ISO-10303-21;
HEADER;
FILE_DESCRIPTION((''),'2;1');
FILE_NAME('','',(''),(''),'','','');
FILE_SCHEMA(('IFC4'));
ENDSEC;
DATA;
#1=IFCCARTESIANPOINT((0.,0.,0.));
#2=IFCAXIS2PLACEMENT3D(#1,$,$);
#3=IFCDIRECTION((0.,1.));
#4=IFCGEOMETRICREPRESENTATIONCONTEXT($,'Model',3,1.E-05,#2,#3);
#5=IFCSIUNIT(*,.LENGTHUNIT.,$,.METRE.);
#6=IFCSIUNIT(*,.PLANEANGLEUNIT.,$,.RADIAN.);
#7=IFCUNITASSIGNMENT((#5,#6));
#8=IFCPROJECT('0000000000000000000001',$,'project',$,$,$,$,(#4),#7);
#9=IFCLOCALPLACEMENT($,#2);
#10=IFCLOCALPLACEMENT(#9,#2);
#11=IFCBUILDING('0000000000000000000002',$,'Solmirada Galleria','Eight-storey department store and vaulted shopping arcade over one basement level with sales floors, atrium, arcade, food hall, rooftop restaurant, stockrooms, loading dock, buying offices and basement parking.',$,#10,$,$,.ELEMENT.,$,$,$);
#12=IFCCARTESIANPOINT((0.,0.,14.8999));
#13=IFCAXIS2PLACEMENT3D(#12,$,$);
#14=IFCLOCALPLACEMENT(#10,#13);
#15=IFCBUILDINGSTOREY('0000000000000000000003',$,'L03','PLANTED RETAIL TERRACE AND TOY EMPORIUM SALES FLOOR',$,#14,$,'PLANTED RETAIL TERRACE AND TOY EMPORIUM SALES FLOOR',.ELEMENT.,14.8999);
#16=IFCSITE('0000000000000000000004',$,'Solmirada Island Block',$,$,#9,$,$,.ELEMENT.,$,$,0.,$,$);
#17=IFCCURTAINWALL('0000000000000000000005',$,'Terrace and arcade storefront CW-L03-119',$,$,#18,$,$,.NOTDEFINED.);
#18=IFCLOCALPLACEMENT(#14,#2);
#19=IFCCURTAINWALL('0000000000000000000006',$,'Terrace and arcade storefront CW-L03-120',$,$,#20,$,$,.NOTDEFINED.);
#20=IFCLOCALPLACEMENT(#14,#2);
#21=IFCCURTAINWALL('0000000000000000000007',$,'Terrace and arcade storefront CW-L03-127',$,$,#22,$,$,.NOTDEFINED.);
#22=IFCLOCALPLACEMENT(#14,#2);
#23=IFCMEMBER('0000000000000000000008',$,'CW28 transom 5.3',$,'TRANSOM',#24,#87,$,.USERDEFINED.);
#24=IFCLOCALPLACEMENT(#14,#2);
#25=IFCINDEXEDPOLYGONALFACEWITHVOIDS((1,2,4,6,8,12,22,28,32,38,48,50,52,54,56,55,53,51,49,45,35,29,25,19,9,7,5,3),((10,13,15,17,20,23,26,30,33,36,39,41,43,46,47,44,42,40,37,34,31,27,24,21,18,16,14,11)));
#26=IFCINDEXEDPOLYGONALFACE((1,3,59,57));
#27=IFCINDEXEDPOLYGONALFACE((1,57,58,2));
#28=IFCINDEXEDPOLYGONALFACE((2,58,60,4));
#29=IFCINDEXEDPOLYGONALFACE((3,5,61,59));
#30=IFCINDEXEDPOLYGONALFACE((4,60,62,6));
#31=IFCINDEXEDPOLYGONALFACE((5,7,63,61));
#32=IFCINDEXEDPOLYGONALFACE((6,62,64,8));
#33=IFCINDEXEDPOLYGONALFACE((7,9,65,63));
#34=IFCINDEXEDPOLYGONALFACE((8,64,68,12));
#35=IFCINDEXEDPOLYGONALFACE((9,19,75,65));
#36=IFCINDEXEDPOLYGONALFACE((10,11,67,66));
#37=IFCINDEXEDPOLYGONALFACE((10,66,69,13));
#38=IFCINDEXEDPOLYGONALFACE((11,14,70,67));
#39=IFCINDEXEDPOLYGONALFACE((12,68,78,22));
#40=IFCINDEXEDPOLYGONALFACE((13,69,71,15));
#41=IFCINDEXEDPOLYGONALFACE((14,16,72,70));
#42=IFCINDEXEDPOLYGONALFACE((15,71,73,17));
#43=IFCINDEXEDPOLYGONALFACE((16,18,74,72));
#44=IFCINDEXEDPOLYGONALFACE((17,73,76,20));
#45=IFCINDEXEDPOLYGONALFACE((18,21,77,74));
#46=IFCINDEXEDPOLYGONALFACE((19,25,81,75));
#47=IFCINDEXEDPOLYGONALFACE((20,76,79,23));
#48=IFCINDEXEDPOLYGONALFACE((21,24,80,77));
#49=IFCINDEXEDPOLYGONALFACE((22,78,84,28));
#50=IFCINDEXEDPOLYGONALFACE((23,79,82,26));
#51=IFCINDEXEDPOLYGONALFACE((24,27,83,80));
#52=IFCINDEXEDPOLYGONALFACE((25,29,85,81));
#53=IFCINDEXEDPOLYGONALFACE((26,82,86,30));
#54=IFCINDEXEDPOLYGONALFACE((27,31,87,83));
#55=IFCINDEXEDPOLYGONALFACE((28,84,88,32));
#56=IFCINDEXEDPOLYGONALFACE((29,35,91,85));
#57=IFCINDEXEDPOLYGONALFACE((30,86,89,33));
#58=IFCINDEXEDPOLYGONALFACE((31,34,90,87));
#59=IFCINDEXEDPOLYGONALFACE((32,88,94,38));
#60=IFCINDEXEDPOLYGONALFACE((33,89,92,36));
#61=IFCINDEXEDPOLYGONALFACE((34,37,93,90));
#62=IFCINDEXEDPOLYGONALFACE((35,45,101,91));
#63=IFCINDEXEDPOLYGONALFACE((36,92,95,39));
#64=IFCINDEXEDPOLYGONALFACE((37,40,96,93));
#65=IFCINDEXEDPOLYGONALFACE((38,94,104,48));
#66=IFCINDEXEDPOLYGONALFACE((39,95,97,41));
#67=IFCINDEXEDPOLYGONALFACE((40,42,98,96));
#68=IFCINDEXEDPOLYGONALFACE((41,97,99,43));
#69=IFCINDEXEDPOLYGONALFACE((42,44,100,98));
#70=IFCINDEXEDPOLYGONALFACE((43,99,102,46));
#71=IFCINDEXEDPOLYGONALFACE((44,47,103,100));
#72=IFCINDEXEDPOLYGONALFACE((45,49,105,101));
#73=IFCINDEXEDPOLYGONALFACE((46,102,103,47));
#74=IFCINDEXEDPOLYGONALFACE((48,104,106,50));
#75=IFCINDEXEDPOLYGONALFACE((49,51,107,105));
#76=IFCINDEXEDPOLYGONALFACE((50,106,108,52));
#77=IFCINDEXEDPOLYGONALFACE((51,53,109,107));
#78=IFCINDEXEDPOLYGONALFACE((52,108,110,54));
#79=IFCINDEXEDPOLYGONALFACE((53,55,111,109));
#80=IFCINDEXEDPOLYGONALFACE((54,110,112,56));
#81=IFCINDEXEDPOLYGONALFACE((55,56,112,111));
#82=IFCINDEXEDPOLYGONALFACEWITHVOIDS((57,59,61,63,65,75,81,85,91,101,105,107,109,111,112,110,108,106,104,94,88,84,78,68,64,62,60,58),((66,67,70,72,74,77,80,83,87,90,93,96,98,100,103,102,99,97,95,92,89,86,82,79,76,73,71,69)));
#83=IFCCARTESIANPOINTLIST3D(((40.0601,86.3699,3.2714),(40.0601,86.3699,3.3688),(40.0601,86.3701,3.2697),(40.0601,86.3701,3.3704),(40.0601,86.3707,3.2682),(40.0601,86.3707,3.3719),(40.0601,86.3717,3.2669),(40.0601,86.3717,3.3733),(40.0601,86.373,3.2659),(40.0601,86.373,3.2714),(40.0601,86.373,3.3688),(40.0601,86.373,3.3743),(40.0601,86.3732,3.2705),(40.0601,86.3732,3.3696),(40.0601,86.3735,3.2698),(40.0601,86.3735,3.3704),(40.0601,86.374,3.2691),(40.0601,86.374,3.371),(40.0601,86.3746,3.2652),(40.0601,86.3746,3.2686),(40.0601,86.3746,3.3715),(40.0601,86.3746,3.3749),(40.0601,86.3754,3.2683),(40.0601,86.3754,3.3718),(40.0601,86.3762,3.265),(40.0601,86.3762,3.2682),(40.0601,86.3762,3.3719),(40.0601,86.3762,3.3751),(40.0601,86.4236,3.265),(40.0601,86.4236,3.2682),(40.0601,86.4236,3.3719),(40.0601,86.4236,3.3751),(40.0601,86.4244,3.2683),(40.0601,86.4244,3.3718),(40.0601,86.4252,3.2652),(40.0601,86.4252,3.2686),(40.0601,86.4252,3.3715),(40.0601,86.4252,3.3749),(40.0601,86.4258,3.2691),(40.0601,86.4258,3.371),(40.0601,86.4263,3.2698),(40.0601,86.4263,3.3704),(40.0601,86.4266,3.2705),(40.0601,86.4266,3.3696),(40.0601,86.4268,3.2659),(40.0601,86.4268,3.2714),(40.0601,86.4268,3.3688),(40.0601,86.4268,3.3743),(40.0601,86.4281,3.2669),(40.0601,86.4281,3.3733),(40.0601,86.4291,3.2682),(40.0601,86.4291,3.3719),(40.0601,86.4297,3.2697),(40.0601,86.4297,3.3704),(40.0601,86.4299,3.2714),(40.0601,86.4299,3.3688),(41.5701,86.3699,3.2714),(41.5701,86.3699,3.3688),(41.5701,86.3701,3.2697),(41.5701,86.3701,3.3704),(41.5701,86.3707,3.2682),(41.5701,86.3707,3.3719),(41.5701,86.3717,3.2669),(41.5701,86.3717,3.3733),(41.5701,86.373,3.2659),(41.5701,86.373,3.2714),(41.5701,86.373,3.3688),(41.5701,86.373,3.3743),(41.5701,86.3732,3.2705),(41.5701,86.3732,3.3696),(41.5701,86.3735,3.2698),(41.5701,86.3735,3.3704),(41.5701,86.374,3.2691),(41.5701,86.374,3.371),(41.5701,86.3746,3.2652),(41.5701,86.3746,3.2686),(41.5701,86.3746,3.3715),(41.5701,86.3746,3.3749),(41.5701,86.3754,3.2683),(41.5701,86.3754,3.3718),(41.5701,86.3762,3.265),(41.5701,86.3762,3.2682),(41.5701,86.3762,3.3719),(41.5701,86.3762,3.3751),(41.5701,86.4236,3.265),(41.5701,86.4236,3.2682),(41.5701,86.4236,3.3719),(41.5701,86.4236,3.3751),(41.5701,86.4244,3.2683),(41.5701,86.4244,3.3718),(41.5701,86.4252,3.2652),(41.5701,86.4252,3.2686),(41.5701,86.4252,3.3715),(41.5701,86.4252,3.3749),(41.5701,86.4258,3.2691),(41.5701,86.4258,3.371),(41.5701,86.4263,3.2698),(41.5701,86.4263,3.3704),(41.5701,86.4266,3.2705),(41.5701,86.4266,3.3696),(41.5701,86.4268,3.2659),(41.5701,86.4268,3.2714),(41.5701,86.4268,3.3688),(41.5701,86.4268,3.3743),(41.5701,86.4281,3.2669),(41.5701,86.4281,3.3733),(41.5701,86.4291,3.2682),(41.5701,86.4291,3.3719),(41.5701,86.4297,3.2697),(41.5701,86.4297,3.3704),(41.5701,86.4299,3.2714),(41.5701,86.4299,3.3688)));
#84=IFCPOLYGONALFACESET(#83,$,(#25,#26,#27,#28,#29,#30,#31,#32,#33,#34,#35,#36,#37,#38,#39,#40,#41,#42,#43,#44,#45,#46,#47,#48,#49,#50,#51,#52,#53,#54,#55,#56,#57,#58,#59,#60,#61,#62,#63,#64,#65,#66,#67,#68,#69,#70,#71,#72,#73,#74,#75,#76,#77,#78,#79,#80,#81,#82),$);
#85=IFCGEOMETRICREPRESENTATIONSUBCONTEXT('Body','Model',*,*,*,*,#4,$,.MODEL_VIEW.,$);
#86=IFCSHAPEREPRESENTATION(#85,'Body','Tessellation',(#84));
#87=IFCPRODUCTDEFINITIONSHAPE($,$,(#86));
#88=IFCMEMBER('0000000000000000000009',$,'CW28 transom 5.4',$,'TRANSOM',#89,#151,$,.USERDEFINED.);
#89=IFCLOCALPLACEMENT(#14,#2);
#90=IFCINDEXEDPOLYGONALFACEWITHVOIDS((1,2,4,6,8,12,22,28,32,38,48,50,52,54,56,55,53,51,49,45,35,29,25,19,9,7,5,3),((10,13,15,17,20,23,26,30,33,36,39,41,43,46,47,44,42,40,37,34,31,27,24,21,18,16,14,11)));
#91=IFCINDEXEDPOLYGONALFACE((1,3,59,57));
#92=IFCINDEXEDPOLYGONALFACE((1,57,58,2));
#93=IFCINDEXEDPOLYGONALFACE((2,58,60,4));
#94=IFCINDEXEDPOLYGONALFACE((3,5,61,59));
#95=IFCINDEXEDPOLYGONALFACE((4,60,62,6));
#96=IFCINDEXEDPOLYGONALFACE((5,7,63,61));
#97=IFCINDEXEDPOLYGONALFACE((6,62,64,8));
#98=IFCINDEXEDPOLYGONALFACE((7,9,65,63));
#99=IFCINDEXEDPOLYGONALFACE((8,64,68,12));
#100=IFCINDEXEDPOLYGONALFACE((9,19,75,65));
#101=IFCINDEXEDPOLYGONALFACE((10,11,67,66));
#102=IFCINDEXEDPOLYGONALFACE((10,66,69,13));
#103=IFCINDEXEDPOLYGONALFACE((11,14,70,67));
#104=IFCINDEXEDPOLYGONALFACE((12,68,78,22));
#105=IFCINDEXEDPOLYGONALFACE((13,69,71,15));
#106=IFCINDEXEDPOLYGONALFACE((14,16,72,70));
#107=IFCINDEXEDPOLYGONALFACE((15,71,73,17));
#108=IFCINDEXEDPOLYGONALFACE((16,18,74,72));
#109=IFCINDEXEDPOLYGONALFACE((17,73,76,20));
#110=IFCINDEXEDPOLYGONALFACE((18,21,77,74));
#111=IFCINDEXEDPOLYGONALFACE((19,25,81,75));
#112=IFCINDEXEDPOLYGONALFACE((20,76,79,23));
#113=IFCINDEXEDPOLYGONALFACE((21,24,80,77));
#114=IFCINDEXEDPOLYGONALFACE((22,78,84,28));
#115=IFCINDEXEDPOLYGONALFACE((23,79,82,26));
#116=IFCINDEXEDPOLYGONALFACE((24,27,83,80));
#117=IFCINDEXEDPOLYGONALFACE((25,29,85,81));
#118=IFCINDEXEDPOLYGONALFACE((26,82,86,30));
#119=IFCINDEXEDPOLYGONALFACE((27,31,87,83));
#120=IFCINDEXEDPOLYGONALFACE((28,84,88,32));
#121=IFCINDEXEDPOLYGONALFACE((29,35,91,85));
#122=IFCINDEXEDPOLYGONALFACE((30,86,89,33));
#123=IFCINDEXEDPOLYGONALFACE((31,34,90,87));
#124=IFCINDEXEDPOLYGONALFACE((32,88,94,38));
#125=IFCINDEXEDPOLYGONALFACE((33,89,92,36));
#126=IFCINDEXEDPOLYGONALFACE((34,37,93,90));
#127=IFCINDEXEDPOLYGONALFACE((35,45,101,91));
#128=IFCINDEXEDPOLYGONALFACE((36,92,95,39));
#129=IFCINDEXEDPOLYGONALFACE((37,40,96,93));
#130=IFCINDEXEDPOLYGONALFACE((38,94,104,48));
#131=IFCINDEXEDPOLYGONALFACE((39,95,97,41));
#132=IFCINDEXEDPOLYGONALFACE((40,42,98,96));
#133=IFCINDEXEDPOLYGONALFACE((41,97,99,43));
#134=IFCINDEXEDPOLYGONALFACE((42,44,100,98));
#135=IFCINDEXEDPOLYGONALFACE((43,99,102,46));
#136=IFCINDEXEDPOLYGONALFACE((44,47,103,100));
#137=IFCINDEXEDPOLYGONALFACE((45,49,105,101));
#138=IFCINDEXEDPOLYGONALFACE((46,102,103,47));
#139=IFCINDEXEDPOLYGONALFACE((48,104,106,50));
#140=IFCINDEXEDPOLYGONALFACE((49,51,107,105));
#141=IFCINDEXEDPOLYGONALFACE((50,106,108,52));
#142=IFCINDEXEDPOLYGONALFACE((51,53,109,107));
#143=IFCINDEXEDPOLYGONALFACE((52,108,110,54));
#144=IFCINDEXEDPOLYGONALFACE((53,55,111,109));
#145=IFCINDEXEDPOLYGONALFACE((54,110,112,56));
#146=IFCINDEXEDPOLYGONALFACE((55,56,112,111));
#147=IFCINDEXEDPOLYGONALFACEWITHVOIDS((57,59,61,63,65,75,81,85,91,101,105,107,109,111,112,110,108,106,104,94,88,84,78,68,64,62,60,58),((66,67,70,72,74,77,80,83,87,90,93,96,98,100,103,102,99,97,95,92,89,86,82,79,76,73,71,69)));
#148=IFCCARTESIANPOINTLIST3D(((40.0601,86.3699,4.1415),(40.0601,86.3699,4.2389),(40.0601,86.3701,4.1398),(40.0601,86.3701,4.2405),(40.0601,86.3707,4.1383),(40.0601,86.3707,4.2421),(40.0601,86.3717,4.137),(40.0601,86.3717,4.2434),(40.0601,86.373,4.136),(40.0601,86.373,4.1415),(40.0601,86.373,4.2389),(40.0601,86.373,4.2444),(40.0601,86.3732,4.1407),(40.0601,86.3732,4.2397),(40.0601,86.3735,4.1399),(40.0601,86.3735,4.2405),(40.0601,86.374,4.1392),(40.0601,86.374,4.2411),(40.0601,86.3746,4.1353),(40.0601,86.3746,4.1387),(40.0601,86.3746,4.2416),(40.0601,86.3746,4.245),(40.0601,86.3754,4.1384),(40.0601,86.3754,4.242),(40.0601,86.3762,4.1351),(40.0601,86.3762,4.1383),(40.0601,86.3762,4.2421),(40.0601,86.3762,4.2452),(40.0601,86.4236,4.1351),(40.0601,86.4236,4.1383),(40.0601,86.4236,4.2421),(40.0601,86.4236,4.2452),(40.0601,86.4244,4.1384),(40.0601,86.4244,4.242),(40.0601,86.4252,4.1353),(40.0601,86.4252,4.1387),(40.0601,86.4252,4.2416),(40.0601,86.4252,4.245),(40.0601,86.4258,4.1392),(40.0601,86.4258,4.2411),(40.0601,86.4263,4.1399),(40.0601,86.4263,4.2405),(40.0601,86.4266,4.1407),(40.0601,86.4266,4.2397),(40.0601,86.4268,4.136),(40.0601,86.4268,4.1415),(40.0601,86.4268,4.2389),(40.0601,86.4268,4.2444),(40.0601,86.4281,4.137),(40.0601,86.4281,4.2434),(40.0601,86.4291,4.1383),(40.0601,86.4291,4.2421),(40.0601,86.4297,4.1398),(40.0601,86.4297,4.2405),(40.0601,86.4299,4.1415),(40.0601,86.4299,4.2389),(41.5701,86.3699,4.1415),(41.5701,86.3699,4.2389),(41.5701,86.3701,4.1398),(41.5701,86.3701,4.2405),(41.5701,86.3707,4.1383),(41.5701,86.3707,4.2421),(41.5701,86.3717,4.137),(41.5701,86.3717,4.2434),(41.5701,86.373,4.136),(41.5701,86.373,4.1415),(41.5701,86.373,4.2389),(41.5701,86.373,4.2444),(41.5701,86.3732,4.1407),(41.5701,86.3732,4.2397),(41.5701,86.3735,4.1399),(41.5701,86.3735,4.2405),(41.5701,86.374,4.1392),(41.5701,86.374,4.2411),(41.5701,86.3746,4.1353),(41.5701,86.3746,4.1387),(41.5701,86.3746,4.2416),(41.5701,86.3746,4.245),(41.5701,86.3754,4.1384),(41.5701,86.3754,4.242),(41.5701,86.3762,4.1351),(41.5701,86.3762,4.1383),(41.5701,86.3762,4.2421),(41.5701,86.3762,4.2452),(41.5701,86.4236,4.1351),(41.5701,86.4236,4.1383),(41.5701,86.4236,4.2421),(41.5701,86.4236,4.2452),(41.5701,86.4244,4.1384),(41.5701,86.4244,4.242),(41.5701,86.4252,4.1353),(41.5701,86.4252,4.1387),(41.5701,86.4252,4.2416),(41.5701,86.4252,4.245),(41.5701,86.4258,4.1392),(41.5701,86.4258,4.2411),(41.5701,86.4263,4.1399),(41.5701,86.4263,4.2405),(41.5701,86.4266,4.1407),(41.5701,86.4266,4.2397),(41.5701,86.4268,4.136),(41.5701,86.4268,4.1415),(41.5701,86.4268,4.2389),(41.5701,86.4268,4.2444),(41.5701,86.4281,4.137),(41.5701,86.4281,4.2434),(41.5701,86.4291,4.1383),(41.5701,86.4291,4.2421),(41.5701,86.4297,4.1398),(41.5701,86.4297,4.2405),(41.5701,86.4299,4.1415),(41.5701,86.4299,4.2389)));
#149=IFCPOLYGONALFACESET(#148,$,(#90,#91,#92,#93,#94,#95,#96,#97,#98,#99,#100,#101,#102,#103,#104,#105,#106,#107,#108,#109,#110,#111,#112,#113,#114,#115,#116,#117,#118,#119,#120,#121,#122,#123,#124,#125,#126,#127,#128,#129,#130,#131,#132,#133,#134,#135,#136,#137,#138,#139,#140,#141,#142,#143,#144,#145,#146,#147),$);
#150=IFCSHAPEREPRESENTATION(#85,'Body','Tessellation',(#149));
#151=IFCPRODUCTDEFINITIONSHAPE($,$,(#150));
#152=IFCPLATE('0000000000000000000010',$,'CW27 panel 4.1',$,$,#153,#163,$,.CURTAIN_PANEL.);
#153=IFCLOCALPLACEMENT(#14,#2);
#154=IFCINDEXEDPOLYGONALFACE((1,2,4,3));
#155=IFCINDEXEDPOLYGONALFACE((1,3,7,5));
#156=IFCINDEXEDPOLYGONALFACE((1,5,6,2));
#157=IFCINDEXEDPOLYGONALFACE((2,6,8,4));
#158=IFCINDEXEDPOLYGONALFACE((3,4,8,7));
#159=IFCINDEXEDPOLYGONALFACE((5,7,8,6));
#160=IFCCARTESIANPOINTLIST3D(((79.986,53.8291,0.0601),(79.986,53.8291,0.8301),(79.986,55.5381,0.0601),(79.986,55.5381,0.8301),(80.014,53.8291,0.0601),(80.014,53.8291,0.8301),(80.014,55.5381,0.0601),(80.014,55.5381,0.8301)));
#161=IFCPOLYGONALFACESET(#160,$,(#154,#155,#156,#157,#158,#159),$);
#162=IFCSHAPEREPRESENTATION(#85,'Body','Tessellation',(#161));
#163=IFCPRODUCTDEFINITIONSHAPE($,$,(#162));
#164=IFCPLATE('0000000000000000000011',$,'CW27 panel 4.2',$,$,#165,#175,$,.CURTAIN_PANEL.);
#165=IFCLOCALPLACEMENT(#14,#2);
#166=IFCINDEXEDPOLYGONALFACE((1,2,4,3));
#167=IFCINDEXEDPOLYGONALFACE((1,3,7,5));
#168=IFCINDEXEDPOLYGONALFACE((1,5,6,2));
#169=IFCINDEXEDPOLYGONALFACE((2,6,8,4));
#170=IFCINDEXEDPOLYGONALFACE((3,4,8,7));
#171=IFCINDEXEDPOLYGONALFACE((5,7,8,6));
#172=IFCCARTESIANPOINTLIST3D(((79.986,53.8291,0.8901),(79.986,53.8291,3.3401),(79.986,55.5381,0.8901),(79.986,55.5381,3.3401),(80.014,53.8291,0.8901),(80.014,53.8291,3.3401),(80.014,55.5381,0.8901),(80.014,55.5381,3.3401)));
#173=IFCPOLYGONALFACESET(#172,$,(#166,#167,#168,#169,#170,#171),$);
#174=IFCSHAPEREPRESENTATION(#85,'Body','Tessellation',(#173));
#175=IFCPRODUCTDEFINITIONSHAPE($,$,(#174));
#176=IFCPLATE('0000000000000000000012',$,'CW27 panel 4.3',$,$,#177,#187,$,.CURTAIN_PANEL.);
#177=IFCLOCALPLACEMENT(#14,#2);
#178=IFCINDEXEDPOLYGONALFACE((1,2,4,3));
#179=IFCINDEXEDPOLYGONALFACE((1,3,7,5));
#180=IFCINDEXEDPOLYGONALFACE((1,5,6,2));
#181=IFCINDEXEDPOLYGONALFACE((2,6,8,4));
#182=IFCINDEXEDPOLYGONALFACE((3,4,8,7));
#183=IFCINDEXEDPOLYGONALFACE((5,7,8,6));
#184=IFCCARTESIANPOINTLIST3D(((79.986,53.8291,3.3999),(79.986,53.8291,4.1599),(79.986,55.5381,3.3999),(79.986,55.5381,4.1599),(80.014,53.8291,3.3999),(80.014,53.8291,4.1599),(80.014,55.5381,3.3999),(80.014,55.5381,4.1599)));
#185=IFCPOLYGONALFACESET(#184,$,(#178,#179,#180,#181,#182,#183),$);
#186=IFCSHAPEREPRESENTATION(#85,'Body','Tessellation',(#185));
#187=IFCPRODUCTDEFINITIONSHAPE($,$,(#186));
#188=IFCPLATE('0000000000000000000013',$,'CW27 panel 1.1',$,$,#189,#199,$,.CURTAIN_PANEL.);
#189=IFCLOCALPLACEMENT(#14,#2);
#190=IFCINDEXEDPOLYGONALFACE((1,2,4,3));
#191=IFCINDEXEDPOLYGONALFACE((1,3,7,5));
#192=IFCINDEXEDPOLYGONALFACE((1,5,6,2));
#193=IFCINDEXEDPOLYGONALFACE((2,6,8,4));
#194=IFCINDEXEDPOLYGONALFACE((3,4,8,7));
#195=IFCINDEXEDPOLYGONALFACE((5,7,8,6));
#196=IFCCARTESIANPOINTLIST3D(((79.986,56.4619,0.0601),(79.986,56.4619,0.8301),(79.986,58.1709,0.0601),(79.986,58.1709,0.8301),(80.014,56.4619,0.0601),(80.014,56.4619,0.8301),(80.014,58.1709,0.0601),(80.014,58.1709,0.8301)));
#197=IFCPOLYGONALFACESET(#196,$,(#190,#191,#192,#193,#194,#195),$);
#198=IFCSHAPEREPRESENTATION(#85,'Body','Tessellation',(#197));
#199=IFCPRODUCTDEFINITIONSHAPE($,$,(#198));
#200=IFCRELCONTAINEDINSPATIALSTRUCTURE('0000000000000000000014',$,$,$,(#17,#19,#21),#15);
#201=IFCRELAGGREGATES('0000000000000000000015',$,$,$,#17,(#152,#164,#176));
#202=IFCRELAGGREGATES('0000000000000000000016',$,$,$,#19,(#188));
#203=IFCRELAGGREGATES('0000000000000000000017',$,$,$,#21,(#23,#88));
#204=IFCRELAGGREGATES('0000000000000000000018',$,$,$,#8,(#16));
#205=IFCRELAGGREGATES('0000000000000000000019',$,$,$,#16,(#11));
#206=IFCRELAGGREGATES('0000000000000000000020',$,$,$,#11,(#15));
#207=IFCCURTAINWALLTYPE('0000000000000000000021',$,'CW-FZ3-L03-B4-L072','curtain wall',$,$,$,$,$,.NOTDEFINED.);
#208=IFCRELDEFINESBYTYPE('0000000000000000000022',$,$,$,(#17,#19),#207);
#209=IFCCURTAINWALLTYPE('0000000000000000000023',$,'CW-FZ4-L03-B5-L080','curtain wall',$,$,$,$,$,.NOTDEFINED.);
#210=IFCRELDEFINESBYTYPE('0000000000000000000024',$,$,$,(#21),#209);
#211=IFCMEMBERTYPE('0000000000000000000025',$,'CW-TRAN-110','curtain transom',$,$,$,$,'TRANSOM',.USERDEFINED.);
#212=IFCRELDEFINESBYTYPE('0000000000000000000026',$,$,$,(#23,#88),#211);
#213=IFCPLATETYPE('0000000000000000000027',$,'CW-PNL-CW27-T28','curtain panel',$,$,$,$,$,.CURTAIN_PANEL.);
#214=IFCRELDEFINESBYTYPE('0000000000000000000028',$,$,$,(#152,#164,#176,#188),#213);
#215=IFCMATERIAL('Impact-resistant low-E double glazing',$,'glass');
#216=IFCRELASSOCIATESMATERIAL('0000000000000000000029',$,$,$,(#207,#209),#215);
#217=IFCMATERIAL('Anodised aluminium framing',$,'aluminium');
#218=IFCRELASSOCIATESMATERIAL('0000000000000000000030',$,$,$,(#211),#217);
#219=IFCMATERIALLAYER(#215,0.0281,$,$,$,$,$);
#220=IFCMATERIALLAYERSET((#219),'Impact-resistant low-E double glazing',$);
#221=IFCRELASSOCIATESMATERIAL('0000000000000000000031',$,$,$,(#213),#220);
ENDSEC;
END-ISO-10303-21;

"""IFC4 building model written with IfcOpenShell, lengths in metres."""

from ifc_helpers import new_model, si_unit, direction, frame, origin, origin_2d, place, context, subcontext, project, spatial, rectangle, hollow_rectangle, extrude, material, layer, layer_set, material_profile, profile_set, type_object, element, aggregate, save


model = new_model("IFC4")

# Units and contexts
model_context = context("Model", 3, precision=1e-05, world=origin(), true_north=direction((0.0, 1.0)))
body_context = subcontext(model_context, "Body", "Model", "MODEL_VIEW")
ifc_project = project(units=[si_unit("LENGTHUNIT", "METRE"), si_unit("PLANEANGLEUNIT", "RADIAN")], contexts=[model_context])

# Site, building, storey
site_placement = place(None, origin())
site = spatial("IfcSite", under=ifc_project, at=site_placement, Name="Solmirada Island Block", CompositionType="ELEMENT", RefElevation=0.0)
building_placement = place(site_placement, origin())
building = spatial("IfcBuilding", under=site, at=building_placement, Name="Solmirada Galleria", Description="Eight-storey department store and vaulted shopping arcade over one basement level with sales floors, atrium, arcade, food hall, rooftop restaurant, stockrooms, loading dock, buying offices and basement parking.", CompositionType="ELEMENT")
storey_placement = place(building_placement, frame((0.0, 0.0, 14.8999)))
storey = spatial("IfcBuildingStorey", under=building, at=storey_placement, Name="L03", Description="PLANTED RETAIL TERRACE AND TOY EMPORIUM SALES FLOOR", LongName="PLANTED RETAIL TERRACE AND TOY EMPORIUM SALES FLOOR", CompositionType="ELEMENT", Elevation=14.8999)

# Curtain wall
ifc_material_1 = material(Name="Impact-resistant low-E double glazing", Category="glass")
curtain_wall_type_1 = type_object("IfcCurtainWallType", Name="CW-FZ3-L03-B4-L072", Description="curtain wall", PredefinedType="NOTDEFINED", material=ifc_material_1)
curtain_wall_1_placement = place(storey_placement, origin())
curtain_wall_1 = element("IfcCurtainWall", 1, at=curtain_wall_1_placement, inside=storey, type_object=curtain_wall_type_1, Name="Terrace and arcade storefront CW-L03-119", PredefinedType="NOTDEFINED")
ifc_material_2 = material(Name="Anodised aluminium framing", Category="aluminium")

# Curtain walls
curtain_wall_2_placement = place(storey_placement, origin())
curtain_wall_2 = element("IfcCurtainWall", 2, at=curtain_wall_2_placement, inside=storey, type_object=curtain_wall_type_1, Name="Terrace and arcade storefront CW-L03-120", PredefinedType="NOTDEFINED")
curtain_wall_type_2 = type_object("IfcCurtainWallType", Name="CW-FZ4-L03-B5-L080", Description="curtain wall", PredefinedType="NOTDEFINED", material=ifc_material_1)
curtain_wall_3_placement = place(storey_placement, origin())
curtain_wall_3 = element("IfcCurtainWall", 3, at=curtain_wall_3_placement, inside=storey, type_object=curtain_wall_type_2, Name="Terrace and arcade storefront CW-L03-127", PredefinedType="NOTDEFINED")

# Members
ifc_material_profile_1 = material_profile(ifc_material_2, hollow_rectangle(XDim=0.0601, YDim=0.1101, WallThickness=0.0032, InnerFilletRadius=0.0032, OuterFilletRadius=0.0063, at=origin_2d()), Name="ALU-TRAN-110X60")
ifc_profile_set_1 = profile_set([ifc_material_profile_1], Name="Anodised aluminium framing")
member_type_1 = type_object("IfcMemberType", Name="CW-TRAN-110", Description="curtain transom", ElementType="TRANSOM", PredefinedType="USERDEFINED", material=ifc_profile_set_1)
member_1_placement = place(storey_placement, frame((41.5701, 86.3999, 3.3201), z_axis=(-1.0, 0.0, 0.0), x_axis=(0.0, -1.0, 0.0)))
member_1 = element("IfcMember", 4, at=member_1_placement, type_object=member_type_1, Name="CW28 transom 5.3", ObjectType="TRANSOM", PredefinedType="USERDEFINED", context=body_context, shape_type="SweptSolid", body=[
    extrude(hollow_rectangle(XDim=0.0601, YDim=0.1101, WallThickness=0.0032, InnerFilletRadius=0.0032, OuterFilletRadius=0.0063, at=origin_2d()), origin(), (0.0, 0.0, 1.0), 1.51),
])
member_2_placement = place(storey_placement, frame((41.5701, 86.3999, 4.1902), z_axis=(-1.0, 0.0, 0.0), x_axis=(0.0, -1.0, 0.0)))
member_2 = element("IfcMember", 5, at=member_2_placement, type_object=member_type_1, Name="CW28 transom 5.4", ObjectType="TRANSOM", PredefinedType="USERDEFINED", context=body_context, shape_type="SweptSolid", body=[
    extrude(hollow_rectangle(XDim=0.0601, YDim=0.1101, WallThickness=0.0032, InnerFilletRadius=0.0032, OuterFilletRadius=0.0063, at=origin_2d()), origin(), (0.0, 0.0, 1.0), 1.51),
])

# Plates
ifc_layer_1 = layer(ifc_material_1, 0.0281)
ifc_layer_set_1 = layer_set([ifc_layer_1], Name="Impact-resistant low-E double glazing")
plate_type_1 = type_object("IfcPlateType", Name="CW-PNL-CW27-T28", Description="curtain panel", PredefinedType="CURTAIN_PANEL", material=ifc_layer_set_1)
plate_1_placement = place(storey_placement, frame((80.0, 54.6836, 0.0601), z_axis=(0.0, 0.0, 1.0), x_axis=(0.0, 1.0, 0.0)))
plate_1 = element("IfcPlate", 6, at=plate_1_placement, type_object=plate_type_1, Name="CW27 panel 4.1", PredefinedType="CURTAIN_PANEL", context=body_context, shape_type="SweptSolid", body=[
    extrude(rectangle(XDim=1.709, YDim=0.0281, at=origin_2d()), origin(), (0.0, 0.0, 1.0), 0.77),
])
plate_2_placement = place(storey_placement, frame((80.0, 54.6836, 0.8901), z_axis=(0.0, 0.0, 1.0), x_axis=(0.0, 1.0, 0.0)))
plate_2 = element("IfcPlate", 7, at=plate_2_placement, type_object=plate_type_1, Name="CW27 panel 4.2", PredefinedType="CURTAIN_PANEL", context=body_context, shape_type="SweptSolid", body=[
    extrude(rectangle(XDim=1.709, YDim=0.0281, at=origin_2d()), origin(), (0.0, 0.0, 1.0), 2.45),
])
plate_3_placement = place(storey_placement, frame((80.0, 54.6836, 3.3999), z_axis=(0.0, 0.0, 1.0), x_axis=(0.0, 1.0, 0.0)))
plate_3 = element("IfcPlate", 8, at=plate_3_placement, type_object=plate_type_1, Name="CW27 panel 4.3", PredefinedType="CURTAIN_PANEL", context=body_context, shape_type="SweptSolid", body=[
    extrude(rectangle(XDim=1.709, YDim=0.0281, at=origin_2d()), origin(), (0.0, 0.0, 1.0), 0.76),
])
aggregate(curtain_wall_1, [plate_1, plate_2, plate_3])
plate_4_placement = place(storey_placement, frame((80.0, 57.3164, 0.0601), z_axis=(0.0, 0.0, 1.0), x_axis=(0.0, 1.0, 0.0)))
plate_4 = element("IfcPlate", 9, at=plate_4_placement, type_object=plate_type_1, Name="CW27 panel 1.1", PredefinedType="CURTAIN_PANEL", context=body_context, shape_type="SweptSolid", body=[
    extrude(rectangle(XDim=1.709, YDim=0.0281, at=origin_2d()), origin(), (0.0, 0.0, 1.0), 0.77),
])
aggregate(curtain_wall_2, [plate_4])
aggregate(curtain_wall_3, [member_1, member_2])

save(model, "model.ifc")
